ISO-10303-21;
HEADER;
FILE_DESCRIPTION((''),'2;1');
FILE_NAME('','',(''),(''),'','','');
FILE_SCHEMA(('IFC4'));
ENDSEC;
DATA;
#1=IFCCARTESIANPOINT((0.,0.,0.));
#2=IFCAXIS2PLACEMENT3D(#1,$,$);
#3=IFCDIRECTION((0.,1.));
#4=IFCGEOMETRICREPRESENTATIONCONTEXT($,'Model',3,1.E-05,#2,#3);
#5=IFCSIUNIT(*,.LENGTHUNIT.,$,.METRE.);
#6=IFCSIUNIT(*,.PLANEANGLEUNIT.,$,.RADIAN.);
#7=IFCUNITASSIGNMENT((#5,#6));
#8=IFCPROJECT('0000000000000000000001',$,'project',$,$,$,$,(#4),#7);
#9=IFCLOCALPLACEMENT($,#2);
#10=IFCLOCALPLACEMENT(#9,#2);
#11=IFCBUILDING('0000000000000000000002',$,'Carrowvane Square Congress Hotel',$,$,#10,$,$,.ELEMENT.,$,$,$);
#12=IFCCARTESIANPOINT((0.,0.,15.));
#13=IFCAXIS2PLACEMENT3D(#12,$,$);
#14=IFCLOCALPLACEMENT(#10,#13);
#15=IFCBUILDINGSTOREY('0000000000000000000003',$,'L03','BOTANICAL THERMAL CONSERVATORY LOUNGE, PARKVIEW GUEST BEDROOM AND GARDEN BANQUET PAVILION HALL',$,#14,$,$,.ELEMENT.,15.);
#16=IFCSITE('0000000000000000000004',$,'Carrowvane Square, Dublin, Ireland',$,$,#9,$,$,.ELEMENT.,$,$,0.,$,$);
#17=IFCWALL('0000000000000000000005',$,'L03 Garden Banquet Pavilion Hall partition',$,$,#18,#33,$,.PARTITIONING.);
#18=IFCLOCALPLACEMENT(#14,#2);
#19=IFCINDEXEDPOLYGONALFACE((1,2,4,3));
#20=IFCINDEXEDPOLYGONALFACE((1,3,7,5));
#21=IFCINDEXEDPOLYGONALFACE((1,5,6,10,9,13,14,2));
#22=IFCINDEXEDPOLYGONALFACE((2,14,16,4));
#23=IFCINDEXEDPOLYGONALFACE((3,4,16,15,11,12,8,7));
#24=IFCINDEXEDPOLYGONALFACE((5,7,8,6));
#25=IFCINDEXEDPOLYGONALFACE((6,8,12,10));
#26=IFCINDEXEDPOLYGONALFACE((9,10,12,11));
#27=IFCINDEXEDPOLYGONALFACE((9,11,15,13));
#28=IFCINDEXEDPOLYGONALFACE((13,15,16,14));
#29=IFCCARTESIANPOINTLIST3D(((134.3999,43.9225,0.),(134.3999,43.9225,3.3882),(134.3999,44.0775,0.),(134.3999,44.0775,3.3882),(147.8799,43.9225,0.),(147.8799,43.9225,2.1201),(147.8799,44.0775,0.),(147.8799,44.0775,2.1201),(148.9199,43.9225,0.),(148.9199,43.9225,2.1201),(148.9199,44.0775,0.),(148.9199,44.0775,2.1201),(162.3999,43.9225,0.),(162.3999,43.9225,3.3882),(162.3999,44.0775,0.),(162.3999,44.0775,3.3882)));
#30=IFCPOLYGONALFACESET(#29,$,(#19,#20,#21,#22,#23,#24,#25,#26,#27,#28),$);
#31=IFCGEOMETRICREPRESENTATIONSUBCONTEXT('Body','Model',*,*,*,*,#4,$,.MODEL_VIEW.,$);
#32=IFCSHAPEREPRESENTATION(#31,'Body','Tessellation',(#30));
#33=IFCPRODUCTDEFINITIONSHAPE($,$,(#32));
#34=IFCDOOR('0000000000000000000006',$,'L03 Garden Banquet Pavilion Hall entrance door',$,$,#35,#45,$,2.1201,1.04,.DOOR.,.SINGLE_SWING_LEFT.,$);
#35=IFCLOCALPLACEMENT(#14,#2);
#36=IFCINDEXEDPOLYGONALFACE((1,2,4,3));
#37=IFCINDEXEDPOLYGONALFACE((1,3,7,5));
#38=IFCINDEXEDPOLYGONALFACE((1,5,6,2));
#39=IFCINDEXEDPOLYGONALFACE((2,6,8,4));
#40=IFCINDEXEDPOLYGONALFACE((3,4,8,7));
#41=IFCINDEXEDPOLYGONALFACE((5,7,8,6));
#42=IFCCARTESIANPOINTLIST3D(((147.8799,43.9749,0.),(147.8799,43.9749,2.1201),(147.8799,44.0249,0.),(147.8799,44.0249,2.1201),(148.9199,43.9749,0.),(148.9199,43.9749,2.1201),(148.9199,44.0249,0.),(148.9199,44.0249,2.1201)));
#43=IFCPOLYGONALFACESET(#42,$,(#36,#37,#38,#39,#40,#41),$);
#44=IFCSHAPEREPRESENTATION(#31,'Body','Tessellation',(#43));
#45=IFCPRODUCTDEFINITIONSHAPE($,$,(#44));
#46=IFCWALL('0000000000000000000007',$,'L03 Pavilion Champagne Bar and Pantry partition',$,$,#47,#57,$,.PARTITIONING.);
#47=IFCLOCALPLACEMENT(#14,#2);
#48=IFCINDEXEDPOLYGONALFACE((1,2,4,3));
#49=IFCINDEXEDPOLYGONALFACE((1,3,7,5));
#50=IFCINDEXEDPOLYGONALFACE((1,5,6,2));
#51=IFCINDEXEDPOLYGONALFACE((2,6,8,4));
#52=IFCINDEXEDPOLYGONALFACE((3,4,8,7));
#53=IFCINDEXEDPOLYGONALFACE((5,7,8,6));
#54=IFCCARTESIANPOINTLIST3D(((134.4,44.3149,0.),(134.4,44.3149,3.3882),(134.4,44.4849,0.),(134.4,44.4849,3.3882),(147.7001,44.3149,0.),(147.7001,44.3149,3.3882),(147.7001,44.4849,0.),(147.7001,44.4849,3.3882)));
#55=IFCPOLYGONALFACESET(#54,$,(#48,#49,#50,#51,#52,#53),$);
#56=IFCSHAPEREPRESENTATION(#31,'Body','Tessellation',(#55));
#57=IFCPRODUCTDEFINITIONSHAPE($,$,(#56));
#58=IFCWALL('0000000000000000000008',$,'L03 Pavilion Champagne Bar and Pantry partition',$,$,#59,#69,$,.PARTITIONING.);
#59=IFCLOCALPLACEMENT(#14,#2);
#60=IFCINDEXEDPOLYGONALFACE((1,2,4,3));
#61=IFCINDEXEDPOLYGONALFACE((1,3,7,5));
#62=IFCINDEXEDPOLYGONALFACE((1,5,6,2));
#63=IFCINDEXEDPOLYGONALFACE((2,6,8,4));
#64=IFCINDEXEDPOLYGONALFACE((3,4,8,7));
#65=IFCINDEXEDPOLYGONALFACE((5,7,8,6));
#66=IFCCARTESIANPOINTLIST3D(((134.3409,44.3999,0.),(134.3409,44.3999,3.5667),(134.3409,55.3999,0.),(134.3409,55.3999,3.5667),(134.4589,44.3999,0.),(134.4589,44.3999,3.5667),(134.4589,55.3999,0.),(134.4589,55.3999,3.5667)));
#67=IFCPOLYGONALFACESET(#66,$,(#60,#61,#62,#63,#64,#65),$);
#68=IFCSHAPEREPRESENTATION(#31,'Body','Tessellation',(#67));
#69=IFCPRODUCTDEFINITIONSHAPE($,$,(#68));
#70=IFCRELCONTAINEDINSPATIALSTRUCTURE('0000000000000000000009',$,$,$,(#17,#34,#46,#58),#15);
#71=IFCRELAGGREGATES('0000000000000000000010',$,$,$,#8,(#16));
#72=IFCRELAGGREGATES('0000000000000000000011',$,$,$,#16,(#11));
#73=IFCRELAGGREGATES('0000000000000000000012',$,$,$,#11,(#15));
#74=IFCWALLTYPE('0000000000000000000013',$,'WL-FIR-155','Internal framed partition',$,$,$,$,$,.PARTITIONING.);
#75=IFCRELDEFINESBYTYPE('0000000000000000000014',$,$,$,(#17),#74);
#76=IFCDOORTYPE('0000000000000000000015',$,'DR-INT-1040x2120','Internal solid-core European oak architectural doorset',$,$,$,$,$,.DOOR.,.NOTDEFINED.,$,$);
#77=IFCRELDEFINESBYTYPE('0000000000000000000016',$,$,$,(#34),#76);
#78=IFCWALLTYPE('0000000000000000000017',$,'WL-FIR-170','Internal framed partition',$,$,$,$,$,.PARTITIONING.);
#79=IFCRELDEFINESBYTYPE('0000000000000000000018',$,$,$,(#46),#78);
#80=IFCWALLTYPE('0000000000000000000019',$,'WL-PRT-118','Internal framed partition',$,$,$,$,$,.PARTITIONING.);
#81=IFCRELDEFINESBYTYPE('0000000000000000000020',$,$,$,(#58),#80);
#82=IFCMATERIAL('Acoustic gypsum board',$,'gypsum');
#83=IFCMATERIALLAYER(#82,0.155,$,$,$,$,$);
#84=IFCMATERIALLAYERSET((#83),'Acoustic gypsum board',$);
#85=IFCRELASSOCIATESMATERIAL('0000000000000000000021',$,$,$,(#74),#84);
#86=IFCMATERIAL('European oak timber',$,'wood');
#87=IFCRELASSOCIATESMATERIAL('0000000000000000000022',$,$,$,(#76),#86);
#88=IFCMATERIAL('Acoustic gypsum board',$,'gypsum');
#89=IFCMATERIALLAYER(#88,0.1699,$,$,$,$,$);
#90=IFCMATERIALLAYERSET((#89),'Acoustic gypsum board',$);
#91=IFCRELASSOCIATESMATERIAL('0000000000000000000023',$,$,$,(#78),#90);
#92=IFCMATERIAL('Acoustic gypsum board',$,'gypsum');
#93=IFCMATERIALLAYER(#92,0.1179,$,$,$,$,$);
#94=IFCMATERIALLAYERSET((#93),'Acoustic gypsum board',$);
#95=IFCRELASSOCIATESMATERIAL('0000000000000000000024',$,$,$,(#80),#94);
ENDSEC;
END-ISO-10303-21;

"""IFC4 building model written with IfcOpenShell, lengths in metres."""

from ifc_helpers import new_model, si_unit, direction, frame, frame_2d, origin, place, context, subcontext, project, spatial, rectangle, extrude, material, layer, layer_set, type_object, element, fill, save


model = new_model("IFC4")

# Units and contexts
model_context = context("Model", 3, precision=1e-05, world=origin(), true_north=direction((0.0, 1.0)))
body_context = subcontext(model_context, "Body", "Model", "MODEL_VIEW")
ifc_project = project(units=[si_unit("LENGTHUNIT", "METRE"), si_unit("PLANEANGLEUNIT", "RADIAN")], contexts=[model_context])

# Site, building, storey
site_placement = place(None, origin())
site = spatial("IfcSite", under=ifc_project, at=site_placement, Name="Carrowvane Square, Dublin, Ireland", CompositionType="ELEMENT", RefElevation=0.0)
building_placement = place(site_placement, origin())
building = spatial("IfcBuilding", under=site, at=building_placement, Name="Carrowvane Square Congress Hotel", CompositionType="ELEMENT")
storey_placement = place(building_placement, frame((0.0, 0.0, 15.0)))
storey = spatial("IfcBuildingStorey", under=building, at=storey_placement, Name="L03", Description="BOTANICAL THERMAL CONSERVATORY LOUNGE, PARKVIEW GUEST BEDROOM AND GARDEN BANQUET PAVILION HALL", CompositionType="ELEMENT", Elevation=15.0)

# Wall, opening, door
ifc_material_1 = material(Name="Acoustic gypsum board", Category="gypsum")
ifc_layer_1 = layer(ifc_material_1, 0.155)
ifc_layer_set_1 = layer_set([ifc_layer_1], Name="Acoustic gypsum board")
wall_type_1 = type_object("IfcWallType", Name="WL-FIR-155", Description="Internal framed partition", PredefinedType="PARTITIONING", material=ifc_layer_set_1)
wall_1_placement = place(storey_placement, frame((134.3999, 44.0, 0.0), z_axis=(0.0, 0.0, 1.0), x_axis=(1.0, 0.0, 0.0)))
wall_1 = element("IfcWall", 1, at=wall_1_placement, inside=storey, type_object=wall_type_1, Name="L03 Garden Banquet Pavilion Hall partition", PredefinedType="PARTITIONING", context=body_context, shape_type="SweptSolid", body=[
    extrude(rectangle(XDim=28.0, YDim=0.155, at=frame_2d((14.0, 0.0))), origin(), (0.0, 0.0, 1.0), 3.3882),
])
opening_1_placement = place(wall_1_placement, frame((13.48, 0.0, 0.0)))
opening_1 = element("IfcOpeningElement", 2, at=opening_1_placement, cuts=wall_1, PredefinedType="OPENING", context=body_context, shape_type="SweptSolid", body=[
    extrude(rectangle(XDim=1.04, YDim=2.1201, at=frame_2d((0.52, 1.0601))), frame((0.0, 0.0874, 0.0), z_axis=(0.0, -1.0, 0.0), x_axis=(1.0, 0.0, 0.0)), (0.0, 0.0, 1.0), 0.175),
])
ifc_material_2 = material(Name="European oak timber", Category="wood")
door_type = type_object("IfcDoorType", Name="DR-INT-1040x2120", Description="Internal solid-core European oak architectural doorset", OperationType="NOTDEFINED", PredefinedType="DOOR", material=ifc_material_2)
door_placement = place(opening_1_placement, origin())
door = element("IfcDoor", 3, at=door_placement, inside=storey, type_object=door_type, Name="L03 Garden Banquet Pavilion Hall entrance door", OperationType="SINGLE_SWING_LEFT", OverallHeight=2.1201, OverallWidth=1.04, PredefinedType="DOOR", context=body_context, shape_type="SweptSolid", body=[
    extrude(rectangle(XDim=1.04, YDim=2.1201, at=frame_2d((0.52, 1.0601))), frame((0.0, 0.0249, 0.0), z_axis=(0.0, -1.0, 0.0), x_axis=(1.0, 0.0, 0.0)), (0.0, 0.0, 1.0), 0.05),
])
fill(opening_1, door)

# Walls
ifc_material_3 = material(Name="Acoustic gypsum board", Category="gypsum")
ifc_layer_2 = layer(ifc_material_3, 0.1699)
ifc_layer_set_2 = layer_set([ifc_layer_2], Name="Acoustic gypsum board")
wall_type_2 = type_object("IfcWallType", Name="WL-FIR-170", Description="Internal framed partition", PredefinedType="PARTITIONING", material=ifc_layer_set_2)
wall_2_placement = place(storey_placement, frame((147.7, 44.3999, 0.0), z_axis=(0.0, 0.0, 1.0), x_axis=(-1.0, 0.0, 0.0)))
element("IfcWall", 4, at=wall_2_placement, inside=storey, type_object=wall_type_2, Name="L03 Pavilion Champagne Bar and Pantry partition", PredefinedType="PARTITIONING", context=body_context, shape_type="SweptSolid", body=[
    extrude(rectangle(XDim=13.3, YDim=0.1699, at=frame_2d((6.6499, 0.0))), origin(), (0.0, 0.0, 1.0), 3.3882),
])
ifc_material_4 = material(Name="Acoustic gypsum board", Category="gypsum")
ifc_layer_3 = layer(ifc_material_4, 0.1179)
ifc_layer_set_3 = layer_set([ifc_layer_3], Name="Acoustic gypsum board")
wall_type_3 = type_object("IfcWallType", Name="WL-PRT-118", Description="Internal framed partition", PredefinedType="PARTITIONING", material=ifc_layer_set_3)
wall_3_placement = place(storey_placement, frame((134.3999, 44.3999, 0.0), z_axis=(0.0, 0.0, 1.0), x_axis=(0.0, 1.0, 0.0)))
element("IfcWall", 5, at=wall_3_placement, inside=storey, type_object=wall_type_3, Name="L03 Pavilion Champagne Bar and Pantry partition", PredefinedType="PARTITIONING", context=body_context, shape_type="SweptSolid", body=[
    extrude(rectangle(XDim=11.0, YDim=0.1179, at=frame_2d((5.5, 0.0))), origin(), (0.0, 0.0, 1.0), 3.5667),
])

save(model, "model.ifc")
